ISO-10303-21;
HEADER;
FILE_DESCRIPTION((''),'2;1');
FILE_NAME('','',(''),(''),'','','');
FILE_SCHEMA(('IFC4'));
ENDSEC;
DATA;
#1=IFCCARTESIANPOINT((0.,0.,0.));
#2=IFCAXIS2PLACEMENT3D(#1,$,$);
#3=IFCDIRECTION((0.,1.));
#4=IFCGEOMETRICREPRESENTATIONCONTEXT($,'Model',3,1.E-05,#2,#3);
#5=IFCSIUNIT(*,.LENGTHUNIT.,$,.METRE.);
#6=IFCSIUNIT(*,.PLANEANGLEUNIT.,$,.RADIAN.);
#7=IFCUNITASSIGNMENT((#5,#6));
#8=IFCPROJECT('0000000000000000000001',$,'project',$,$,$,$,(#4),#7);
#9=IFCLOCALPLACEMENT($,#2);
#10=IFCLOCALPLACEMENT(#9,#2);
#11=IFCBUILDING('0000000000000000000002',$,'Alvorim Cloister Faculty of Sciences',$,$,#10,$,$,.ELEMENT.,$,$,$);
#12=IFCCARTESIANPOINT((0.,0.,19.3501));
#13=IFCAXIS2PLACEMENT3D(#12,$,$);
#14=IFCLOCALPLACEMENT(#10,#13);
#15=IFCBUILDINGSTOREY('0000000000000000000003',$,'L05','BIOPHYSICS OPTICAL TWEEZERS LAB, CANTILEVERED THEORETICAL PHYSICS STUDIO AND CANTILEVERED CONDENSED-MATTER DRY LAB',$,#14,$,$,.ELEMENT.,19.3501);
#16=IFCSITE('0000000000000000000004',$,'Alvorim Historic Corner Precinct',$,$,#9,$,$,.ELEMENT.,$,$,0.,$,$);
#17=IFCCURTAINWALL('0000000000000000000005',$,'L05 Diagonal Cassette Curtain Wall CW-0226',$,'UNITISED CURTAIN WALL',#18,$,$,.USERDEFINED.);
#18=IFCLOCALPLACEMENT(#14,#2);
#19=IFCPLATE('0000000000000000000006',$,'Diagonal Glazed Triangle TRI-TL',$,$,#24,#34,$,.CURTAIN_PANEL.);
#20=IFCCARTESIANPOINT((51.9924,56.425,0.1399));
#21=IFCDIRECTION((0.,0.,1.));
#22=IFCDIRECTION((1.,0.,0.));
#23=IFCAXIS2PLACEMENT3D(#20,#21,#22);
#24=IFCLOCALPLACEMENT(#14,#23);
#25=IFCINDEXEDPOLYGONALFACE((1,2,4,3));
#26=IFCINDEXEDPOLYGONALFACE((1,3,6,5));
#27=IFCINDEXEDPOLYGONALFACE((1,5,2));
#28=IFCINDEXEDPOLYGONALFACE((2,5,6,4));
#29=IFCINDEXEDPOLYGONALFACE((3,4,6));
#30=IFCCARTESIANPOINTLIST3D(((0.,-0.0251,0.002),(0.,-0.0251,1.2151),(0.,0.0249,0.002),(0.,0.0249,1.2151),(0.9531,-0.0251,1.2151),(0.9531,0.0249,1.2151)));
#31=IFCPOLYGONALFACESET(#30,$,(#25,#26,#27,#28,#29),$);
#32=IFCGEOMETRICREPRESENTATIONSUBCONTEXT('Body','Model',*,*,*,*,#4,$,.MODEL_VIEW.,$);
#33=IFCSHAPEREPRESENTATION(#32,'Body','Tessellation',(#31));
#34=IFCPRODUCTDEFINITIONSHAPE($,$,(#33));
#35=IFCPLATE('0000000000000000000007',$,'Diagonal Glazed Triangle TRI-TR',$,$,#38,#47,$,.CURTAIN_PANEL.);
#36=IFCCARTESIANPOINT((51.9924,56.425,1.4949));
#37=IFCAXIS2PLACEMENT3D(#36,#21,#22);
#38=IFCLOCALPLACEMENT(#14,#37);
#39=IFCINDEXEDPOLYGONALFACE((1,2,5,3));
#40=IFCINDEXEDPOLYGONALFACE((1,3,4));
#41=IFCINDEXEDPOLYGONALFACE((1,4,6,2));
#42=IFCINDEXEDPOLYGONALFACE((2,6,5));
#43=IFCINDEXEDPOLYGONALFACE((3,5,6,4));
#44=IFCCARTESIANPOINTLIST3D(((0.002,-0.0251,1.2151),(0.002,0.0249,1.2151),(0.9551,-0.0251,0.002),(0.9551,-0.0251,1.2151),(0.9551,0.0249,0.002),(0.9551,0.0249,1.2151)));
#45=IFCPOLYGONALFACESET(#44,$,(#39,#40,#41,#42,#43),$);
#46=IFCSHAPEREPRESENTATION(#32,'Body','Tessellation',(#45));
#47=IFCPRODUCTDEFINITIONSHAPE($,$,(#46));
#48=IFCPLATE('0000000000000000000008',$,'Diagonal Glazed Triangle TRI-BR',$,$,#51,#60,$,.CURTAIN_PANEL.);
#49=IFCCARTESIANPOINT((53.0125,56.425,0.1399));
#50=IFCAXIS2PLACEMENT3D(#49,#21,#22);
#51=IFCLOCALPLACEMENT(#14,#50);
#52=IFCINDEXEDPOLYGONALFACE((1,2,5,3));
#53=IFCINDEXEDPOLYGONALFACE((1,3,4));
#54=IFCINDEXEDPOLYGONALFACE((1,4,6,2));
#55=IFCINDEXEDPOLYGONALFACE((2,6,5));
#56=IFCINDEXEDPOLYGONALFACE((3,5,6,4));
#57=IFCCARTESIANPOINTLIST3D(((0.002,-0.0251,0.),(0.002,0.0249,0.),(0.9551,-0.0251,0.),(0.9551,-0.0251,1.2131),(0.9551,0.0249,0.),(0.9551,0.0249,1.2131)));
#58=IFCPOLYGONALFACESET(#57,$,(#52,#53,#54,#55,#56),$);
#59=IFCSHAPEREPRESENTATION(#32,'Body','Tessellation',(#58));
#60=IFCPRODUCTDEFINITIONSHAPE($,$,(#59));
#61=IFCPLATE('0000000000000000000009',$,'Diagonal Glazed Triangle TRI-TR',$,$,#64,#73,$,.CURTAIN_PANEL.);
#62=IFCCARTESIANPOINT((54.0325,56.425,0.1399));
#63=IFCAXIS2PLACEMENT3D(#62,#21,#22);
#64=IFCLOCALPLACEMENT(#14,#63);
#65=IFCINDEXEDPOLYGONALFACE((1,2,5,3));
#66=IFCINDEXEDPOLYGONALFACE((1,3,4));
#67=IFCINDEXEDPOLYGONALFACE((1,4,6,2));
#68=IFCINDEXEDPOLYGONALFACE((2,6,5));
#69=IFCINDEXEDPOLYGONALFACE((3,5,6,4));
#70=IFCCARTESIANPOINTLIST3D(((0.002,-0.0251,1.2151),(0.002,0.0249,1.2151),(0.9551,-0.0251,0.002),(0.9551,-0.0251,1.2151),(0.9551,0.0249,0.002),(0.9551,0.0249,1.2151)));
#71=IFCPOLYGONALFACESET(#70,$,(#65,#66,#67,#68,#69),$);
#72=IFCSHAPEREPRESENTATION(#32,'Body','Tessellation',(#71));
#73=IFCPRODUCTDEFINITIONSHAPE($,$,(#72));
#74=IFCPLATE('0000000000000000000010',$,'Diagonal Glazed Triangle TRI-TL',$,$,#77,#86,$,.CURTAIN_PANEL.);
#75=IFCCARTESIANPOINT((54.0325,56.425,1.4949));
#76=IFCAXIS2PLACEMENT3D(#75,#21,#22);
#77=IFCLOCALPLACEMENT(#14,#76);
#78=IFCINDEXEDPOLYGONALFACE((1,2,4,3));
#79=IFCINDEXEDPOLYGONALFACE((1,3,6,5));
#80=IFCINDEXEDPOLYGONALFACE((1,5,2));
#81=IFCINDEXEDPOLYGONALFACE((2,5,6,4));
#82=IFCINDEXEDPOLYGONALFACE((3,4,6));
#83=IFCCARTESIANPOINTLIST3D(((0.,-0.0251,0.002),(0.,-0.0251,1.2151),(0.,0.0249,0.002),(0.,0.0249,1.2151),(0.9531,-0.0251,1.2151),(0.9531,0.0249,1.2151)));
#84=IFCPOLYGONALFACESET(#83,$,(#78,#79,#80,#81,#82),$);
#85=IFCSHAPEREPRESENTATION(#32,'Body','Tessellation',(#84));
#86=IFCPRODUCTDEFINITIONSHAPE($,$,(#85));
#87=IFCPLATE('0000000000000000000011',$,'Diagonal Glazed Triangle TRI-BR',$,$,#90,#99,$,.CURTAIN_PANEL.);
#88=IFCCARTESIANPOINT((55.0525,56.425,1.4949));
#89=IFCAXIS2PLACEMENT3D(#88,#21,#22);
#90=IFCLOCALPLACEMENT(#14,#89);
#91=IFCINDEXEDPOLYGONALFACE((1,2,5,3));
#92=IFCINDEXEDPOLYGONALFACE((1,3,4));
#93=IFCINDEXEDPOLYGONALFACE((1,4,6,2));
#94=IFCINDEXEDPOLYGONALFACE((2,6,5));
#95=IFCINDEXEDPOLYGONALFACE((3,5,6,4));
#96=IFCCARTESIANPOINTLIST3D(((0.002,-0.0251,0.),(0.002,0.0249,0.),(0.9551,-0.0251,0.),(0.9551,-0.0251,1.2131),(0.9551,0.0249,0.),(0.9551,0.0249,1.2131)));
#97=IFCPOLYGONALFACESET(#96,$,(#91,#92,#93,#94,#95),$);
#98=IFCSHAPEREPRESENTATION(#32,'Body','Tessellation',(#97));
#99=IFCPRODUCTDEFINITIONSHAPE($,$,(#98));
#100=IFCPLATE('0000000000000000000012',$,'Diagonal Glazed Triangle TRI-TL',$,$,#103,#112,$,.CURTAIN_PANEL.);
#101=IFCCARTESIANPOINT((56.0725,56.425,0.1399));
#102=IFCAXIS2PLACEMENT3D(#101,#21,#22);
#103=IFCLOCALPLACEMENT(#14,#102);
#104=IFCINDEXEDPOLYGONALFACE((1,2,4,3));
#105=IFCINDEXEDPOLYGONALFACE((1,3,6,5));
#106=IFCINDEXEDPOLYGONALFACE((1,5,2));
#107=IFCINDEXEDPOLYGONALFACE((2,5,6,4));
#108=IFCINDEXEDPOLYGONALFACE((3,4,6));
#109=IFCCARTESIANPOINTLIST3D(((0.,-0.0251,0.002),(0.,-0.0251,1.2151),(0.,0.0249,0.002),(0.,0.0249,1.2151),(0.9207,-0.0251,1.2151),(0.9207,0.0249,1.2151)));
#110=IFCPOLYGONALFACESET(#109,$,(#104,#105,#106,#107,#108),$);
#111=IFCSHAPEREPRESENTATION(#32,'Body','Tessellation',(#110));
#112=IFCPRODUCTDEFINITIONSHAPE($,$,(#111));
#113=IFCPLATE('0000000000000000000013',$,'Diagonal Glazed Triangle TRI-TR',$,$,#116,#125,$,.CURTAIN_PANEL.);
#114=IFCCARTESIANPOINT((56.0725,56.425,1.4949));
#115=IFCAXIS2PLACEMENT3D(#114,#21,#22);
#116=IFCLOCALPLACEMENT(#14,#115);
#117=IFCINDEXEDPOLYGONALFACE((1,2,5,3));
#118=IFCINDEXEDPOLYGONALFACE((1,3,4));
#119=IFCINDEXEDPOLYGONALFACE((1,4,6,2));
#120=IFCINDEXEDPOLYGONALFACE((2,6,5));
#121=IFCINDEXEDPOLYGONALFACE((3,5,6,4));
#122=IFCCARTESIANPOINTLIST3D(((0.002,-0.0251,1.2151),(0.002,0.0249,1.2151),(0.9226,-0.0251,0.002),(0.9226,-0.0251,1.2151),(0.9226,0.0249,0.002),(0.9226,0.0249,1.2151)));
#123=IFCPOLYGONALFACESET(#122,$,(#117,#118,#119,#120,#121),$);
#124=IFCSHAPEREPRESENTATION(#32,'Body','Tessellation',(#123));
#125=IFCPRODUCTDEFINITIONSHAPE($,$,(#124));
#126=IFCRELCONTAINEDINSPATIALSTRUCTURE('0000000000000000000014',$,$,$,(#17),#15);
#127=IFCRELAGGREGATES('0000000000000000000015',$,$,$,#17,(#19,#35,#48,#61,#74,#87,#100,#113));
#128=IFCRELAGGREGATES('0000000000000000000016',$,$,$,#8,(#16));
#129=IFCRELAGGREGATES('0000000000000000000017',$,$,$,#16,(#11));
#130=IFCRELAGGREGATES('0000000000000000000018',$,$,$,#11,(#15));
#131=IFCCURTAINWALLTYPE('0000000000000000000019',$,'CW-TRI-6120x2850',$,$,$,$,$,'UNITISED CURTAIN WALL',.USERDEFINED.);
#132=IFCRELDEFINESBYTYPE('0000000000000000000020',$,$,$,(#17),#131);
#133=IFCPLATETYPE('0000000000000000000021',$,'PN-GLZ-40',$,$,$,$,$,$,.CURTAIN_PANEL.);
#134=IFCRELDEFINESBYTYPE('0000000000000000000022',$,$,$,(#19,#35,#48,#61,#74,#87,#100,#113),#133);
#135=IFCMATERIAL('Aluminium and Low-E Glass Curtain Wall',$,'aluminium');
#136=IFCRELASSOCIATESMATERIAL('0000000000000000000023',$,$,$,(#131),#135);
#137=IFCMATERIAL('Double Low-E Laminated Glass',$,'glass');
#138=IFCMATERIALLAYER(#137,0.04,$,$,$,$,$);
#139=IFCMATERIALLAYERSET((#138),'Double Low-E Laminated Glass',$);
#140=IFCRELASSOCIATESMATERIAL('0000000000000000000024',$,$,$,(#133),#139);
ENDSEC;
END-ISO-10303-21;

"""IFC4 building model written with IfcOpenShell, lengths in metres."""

from ifc_helpers import new_model, si_unit, direction, frame, origin, place, context, subcontext, project, spatial, polyline, outline, extrude, material, layer, layer_set, type_object, element, aggregate, save


model = new_model("IFC4")

# Units and contexts
model_context = context("Model", 3, precision=1e-05, world=origin(), true_north=direction((0.0, 1.0)))
body_context = subcontext(model_context, "Body", "Model", "MODEL_VIEW")
ifc_project = project(units=[si_unit("LENGTHUNIT", "METRE"), si_unit("PLANEANGLEUNIT", "RADIAN")], contexts=[model_context])

# Site, building, storey
site_placement = place(None, origin())
site = spatial("IfcSite", under=ifc_project, at=site_placement, Name="Alvorim Historic Corner Precinct", CompositionType="ELEMENT", RefElevation=0.0)
building_placement = place(site_placement, origin())
building = spatial("IfcBuilding", under=site, at=building_placement, Name="Alvorim Cloister Faculty of Sciences", CompositionType="ELEMENT")
storey_placement = place(building_placement, frame((0.0, 0.0, 19.3501)))
storey = spatial("IfcBuildingStorey", under=building, at=storey_placement, Name="L05", Description="BIOPHYSICS OPTICAL TWEEZERS LAB, CANTILEVERED THEORETICAL PHYSICS STUDIO AND CANTILEVERED CONDENSED-MATTER DRY LAB", CompositionType="ELEMENT", Elevation=19.3501)

# Curtain wall, plates
ifc_material_1 = material(Name="Aluminium and Low-E Glass Curtain Wall", Category="aluminium")
curtain_wall_type = type_object("IfcCurtainWallType", Name="CW-TRI-6120x2850", ElementType="UNITISED CURTAIN WALL", PredefinedType="USERDEFINED", material=ifc_material_1)
curtain_wall_placement = place(storey_placement, origin())
curtain_wall = element("IfcCurtainWall", 1, at=curtain_wall_placement, inside=storey, type_object=curtain_wall_type, Name="L05 Diagonal Cassette Curtain Wall CW-0226", ObjectType="UNITISED CURTAIN WALL", PredefinedType="USERDEFINED")
ifc_material_2 = material(Name="Double Low-E Laminated Glass", Category="glass")
ifc_layer = layer(ifc_material_2, 0.04)
ifc_layer_set = layer_set([ifc_layer], Name="Double Low-E Laminated Glass")
plate_type = type_object("IfcPlateType", Name="PN-GLZ-40", PredefinedType="CURTAIN_PANEL", material=ifc_layer_set)
plate_1_placement = place(storey_placement, frame((51.9924, 56.425, 0.1399), z_axis=(0.0, 0.0, 1.0), x_axis=(1.0, 0.0, 0.0)))
plate_1 = element("IfcPlate", 2, at=plate_1_placement, type_object=plate_type, Name="Diagonal Glazed Triangle TRI-TL", PredefinedType="CURTAIN_PANEL", context=body_context, shape_type="SweptSolid", body=[
    extrude(outline(polyline([(0.9531, 1.2151), (0.0, 1.2151), (0.0, 0.002), (0.9531, 1.2151)])), frame((0.0, 0.0249, 0.0), z_axis=(0.0, -1.0, 0.0), x_axis=(1.0, 0.0, 0.0)), (0.0, 0.0, 1.0), 0.05),
])
plate_2_placement = place(storey_placement, frame((51.9924, 56.425, 1.4949), z_axis=(0.0, 0.0, 1.0), x_axis=(1.0, 0.0, 0.0)))
plate_2 = element("IfcPlate", 3, at=plate_2_placement, type_object=plate_type, Name="Diagonal Glazed Triangle TRI-TR", PredefinedType="CURTAIN_PANEL", context=body_context, shape_type="SweptSolid", body=[
    extrude(outline(polyline([(0.9551, 0.002), (0.9551, 1.2151), (0.002, 1.2151), (0.9551, 0.002)])), frame((0.0, 0.0249, 0.0), z_axis=(0.0, -1.0, 0.0), x_axis=(1.0, 0.0, 0.0)), (0.0, 0.0, 1.0), 0.05),
])
plate_3_placement = place(storey_placement, frame((53.0125, 56.425, 0.1399), z_axis=(0.0, 0.0, 1.0), x_axis=(1.0, 0.0, 0.0)))
plate_3 = element("IfcPlate", 4, at=plate_3_placement, type_object=plate_type, Name="Diagonal Glazed Triangle TRI-BR", PredefinedType="CURTAIN_PANEL", context=body_context, shape_type="SweptSolid", body=[
    extrude(outline(polyline([(0.002, 0.0), (0.9551, 0.0), (0.9551, 1.2131), (0.002, 0.0)])), frame((0.0, 0.0249, 0.0), z_axis=(0.0, -1.0, 0.0), x_axis=(1.0, 0.0, 0.0)), (0.0, 0.0, 1.0), 0.05),
])
plate_4_placement = place(storey_placement, frame((54.0325, 56.425, 0.1399), z_axis=(0.0, 0.0, 1.0), x_axis=(1.0, 0.0, 0.0)))
plate_4 = element("IfcPlate", 5, at=plate_4_placement, type_object=plate_type, Name="Diagonal Glazed Triangle TRI-TR", PredefinedType="CURTAIN_PANEL", context=body_context, shape_type="SweptSolid", body=[
    extrude(outline(polyline([(0.9551, 0.002), (0.9551, 1.2151), (0.002, 1.2151), (0.9551, 0.002)])), frame((0.0, 0.0249, 0.0), z_axis=(0.0, -1.0, 0.0), x_axis=(1.0, 0.0, 0.0)), (0.0, 0.0, 1.0), 0.05),
])
plate_5_placement = place(storey_placement, frame((54.0325, 56.425, 1.4949), z_axis=(0.0, 0.0, 1.0), x_axis=(1.0, 0.0, 0.0)))
plate_5 = element("IfcPlate", 6, at=plate_5_placement, type_object=plate_type, Name="Diagonal Glazed Triangle TRI-TL", PredefinedType="CURTAIN_PANEL", context=body_context, shape_type="SweptSolid", body=[
    extrude(outline(polyline([(0.9531, 1.2151), (0.0, 1.2151), (0.0, 0.002), (0.9531, 1.2151)])), frame((0.0, 0.0249, 0.0), z_axis=(0.0, -1.0, 0.0), x_axis=(1.0, 0.0, 0.0)), (0.0, 0.0, 1.0), 0.05),
])
plate_6_placement = place(storey_placement, frame((55.0525, 56.425, 1.4949), z_axis=(0.0, 0.0, 1.0), x_axis=(1.0, 0.0, 0.0)))
plate_6 = element("IfcPlate", 7, at=plate_6_placement, type_object=plate_type, Name="Diagonal Glazed Triangle TRI-BR", PredefinedType="CURTAIN_PANEL", context=body_context, shape_type="SweptSolid", body=[
    extrude(outline(polyline([(0.002, 0.0), (0.9551, 0.0), (0.9551, 1.2131), (0.002, 0.0)])), frame((0.0, 0.0249, 0.0), z_axis=(0.0, -1.0, 0.0), x_axis=(1.0, 0.0, 0.0)), (0.0, 0.0, 1.0), 0.05),
])
plate_7_placement = place(storey_placement, frame((56.0725, 56.425, 0.1399), z_axis=(0.0, 0.0, 1.0), x_axis=(1.0, 0.0, 0.0)))
plate_7 = element("IfcPlate", 8, at=plate_7_placement, type_object=plate_type, Name="Diagonal Glazed Triangle TRI-TL", PredefinedType="CURTAIN_PANEL", context=body_context, shape_type="SweptSolid", body=[
    extrude(outline(polyline([(0.9207, 1.2151), (0.0, 1.2151), (0.0, 0.002), (0.9207, 1.2151)])), frame((0.0, 0.0249, 0.0), z_axis=(0.0, -1.0, 0.0), x_axis=(1.0, 0.0, 0.0)), (0.0, 0.0, 1.0), 0.05),
])
plate_8_placement = place(storey_placement, frame((56.0725, 56.425, 1.4949), z_axis=(0.0, 0.0, 1.0), x_axis=(1.0, 0.0, 0.0)))
plate_8 = element("IfcPlate", 9, at=plate_8_placement, type_object=plate_type, Name="Diagonal Glazed Triangle TRI-TR", PredefinedType="CURTAIN_PANEL", context=body_context, shape_type="SweptSolid", body=[
    extrude(outline(polyline([(0.9226, 0.002), (0.9226, 1.2151), (0.002, 1.2151), (0.9226, 0.002)])), frame((0.0, 0.0249, 0.0), z_axis=(0.0, -1.0, 0.0), x_axis=(1.0, 0.0, 0.0)), (0.0, 0.0, 1.0), 0.05),
])
aggregate(curtain_wall, [plate_1, plate_2, plate_3, plate_4, plate_5, plate_6, plate_7, plate_8])

save(model, "model.ifc")
